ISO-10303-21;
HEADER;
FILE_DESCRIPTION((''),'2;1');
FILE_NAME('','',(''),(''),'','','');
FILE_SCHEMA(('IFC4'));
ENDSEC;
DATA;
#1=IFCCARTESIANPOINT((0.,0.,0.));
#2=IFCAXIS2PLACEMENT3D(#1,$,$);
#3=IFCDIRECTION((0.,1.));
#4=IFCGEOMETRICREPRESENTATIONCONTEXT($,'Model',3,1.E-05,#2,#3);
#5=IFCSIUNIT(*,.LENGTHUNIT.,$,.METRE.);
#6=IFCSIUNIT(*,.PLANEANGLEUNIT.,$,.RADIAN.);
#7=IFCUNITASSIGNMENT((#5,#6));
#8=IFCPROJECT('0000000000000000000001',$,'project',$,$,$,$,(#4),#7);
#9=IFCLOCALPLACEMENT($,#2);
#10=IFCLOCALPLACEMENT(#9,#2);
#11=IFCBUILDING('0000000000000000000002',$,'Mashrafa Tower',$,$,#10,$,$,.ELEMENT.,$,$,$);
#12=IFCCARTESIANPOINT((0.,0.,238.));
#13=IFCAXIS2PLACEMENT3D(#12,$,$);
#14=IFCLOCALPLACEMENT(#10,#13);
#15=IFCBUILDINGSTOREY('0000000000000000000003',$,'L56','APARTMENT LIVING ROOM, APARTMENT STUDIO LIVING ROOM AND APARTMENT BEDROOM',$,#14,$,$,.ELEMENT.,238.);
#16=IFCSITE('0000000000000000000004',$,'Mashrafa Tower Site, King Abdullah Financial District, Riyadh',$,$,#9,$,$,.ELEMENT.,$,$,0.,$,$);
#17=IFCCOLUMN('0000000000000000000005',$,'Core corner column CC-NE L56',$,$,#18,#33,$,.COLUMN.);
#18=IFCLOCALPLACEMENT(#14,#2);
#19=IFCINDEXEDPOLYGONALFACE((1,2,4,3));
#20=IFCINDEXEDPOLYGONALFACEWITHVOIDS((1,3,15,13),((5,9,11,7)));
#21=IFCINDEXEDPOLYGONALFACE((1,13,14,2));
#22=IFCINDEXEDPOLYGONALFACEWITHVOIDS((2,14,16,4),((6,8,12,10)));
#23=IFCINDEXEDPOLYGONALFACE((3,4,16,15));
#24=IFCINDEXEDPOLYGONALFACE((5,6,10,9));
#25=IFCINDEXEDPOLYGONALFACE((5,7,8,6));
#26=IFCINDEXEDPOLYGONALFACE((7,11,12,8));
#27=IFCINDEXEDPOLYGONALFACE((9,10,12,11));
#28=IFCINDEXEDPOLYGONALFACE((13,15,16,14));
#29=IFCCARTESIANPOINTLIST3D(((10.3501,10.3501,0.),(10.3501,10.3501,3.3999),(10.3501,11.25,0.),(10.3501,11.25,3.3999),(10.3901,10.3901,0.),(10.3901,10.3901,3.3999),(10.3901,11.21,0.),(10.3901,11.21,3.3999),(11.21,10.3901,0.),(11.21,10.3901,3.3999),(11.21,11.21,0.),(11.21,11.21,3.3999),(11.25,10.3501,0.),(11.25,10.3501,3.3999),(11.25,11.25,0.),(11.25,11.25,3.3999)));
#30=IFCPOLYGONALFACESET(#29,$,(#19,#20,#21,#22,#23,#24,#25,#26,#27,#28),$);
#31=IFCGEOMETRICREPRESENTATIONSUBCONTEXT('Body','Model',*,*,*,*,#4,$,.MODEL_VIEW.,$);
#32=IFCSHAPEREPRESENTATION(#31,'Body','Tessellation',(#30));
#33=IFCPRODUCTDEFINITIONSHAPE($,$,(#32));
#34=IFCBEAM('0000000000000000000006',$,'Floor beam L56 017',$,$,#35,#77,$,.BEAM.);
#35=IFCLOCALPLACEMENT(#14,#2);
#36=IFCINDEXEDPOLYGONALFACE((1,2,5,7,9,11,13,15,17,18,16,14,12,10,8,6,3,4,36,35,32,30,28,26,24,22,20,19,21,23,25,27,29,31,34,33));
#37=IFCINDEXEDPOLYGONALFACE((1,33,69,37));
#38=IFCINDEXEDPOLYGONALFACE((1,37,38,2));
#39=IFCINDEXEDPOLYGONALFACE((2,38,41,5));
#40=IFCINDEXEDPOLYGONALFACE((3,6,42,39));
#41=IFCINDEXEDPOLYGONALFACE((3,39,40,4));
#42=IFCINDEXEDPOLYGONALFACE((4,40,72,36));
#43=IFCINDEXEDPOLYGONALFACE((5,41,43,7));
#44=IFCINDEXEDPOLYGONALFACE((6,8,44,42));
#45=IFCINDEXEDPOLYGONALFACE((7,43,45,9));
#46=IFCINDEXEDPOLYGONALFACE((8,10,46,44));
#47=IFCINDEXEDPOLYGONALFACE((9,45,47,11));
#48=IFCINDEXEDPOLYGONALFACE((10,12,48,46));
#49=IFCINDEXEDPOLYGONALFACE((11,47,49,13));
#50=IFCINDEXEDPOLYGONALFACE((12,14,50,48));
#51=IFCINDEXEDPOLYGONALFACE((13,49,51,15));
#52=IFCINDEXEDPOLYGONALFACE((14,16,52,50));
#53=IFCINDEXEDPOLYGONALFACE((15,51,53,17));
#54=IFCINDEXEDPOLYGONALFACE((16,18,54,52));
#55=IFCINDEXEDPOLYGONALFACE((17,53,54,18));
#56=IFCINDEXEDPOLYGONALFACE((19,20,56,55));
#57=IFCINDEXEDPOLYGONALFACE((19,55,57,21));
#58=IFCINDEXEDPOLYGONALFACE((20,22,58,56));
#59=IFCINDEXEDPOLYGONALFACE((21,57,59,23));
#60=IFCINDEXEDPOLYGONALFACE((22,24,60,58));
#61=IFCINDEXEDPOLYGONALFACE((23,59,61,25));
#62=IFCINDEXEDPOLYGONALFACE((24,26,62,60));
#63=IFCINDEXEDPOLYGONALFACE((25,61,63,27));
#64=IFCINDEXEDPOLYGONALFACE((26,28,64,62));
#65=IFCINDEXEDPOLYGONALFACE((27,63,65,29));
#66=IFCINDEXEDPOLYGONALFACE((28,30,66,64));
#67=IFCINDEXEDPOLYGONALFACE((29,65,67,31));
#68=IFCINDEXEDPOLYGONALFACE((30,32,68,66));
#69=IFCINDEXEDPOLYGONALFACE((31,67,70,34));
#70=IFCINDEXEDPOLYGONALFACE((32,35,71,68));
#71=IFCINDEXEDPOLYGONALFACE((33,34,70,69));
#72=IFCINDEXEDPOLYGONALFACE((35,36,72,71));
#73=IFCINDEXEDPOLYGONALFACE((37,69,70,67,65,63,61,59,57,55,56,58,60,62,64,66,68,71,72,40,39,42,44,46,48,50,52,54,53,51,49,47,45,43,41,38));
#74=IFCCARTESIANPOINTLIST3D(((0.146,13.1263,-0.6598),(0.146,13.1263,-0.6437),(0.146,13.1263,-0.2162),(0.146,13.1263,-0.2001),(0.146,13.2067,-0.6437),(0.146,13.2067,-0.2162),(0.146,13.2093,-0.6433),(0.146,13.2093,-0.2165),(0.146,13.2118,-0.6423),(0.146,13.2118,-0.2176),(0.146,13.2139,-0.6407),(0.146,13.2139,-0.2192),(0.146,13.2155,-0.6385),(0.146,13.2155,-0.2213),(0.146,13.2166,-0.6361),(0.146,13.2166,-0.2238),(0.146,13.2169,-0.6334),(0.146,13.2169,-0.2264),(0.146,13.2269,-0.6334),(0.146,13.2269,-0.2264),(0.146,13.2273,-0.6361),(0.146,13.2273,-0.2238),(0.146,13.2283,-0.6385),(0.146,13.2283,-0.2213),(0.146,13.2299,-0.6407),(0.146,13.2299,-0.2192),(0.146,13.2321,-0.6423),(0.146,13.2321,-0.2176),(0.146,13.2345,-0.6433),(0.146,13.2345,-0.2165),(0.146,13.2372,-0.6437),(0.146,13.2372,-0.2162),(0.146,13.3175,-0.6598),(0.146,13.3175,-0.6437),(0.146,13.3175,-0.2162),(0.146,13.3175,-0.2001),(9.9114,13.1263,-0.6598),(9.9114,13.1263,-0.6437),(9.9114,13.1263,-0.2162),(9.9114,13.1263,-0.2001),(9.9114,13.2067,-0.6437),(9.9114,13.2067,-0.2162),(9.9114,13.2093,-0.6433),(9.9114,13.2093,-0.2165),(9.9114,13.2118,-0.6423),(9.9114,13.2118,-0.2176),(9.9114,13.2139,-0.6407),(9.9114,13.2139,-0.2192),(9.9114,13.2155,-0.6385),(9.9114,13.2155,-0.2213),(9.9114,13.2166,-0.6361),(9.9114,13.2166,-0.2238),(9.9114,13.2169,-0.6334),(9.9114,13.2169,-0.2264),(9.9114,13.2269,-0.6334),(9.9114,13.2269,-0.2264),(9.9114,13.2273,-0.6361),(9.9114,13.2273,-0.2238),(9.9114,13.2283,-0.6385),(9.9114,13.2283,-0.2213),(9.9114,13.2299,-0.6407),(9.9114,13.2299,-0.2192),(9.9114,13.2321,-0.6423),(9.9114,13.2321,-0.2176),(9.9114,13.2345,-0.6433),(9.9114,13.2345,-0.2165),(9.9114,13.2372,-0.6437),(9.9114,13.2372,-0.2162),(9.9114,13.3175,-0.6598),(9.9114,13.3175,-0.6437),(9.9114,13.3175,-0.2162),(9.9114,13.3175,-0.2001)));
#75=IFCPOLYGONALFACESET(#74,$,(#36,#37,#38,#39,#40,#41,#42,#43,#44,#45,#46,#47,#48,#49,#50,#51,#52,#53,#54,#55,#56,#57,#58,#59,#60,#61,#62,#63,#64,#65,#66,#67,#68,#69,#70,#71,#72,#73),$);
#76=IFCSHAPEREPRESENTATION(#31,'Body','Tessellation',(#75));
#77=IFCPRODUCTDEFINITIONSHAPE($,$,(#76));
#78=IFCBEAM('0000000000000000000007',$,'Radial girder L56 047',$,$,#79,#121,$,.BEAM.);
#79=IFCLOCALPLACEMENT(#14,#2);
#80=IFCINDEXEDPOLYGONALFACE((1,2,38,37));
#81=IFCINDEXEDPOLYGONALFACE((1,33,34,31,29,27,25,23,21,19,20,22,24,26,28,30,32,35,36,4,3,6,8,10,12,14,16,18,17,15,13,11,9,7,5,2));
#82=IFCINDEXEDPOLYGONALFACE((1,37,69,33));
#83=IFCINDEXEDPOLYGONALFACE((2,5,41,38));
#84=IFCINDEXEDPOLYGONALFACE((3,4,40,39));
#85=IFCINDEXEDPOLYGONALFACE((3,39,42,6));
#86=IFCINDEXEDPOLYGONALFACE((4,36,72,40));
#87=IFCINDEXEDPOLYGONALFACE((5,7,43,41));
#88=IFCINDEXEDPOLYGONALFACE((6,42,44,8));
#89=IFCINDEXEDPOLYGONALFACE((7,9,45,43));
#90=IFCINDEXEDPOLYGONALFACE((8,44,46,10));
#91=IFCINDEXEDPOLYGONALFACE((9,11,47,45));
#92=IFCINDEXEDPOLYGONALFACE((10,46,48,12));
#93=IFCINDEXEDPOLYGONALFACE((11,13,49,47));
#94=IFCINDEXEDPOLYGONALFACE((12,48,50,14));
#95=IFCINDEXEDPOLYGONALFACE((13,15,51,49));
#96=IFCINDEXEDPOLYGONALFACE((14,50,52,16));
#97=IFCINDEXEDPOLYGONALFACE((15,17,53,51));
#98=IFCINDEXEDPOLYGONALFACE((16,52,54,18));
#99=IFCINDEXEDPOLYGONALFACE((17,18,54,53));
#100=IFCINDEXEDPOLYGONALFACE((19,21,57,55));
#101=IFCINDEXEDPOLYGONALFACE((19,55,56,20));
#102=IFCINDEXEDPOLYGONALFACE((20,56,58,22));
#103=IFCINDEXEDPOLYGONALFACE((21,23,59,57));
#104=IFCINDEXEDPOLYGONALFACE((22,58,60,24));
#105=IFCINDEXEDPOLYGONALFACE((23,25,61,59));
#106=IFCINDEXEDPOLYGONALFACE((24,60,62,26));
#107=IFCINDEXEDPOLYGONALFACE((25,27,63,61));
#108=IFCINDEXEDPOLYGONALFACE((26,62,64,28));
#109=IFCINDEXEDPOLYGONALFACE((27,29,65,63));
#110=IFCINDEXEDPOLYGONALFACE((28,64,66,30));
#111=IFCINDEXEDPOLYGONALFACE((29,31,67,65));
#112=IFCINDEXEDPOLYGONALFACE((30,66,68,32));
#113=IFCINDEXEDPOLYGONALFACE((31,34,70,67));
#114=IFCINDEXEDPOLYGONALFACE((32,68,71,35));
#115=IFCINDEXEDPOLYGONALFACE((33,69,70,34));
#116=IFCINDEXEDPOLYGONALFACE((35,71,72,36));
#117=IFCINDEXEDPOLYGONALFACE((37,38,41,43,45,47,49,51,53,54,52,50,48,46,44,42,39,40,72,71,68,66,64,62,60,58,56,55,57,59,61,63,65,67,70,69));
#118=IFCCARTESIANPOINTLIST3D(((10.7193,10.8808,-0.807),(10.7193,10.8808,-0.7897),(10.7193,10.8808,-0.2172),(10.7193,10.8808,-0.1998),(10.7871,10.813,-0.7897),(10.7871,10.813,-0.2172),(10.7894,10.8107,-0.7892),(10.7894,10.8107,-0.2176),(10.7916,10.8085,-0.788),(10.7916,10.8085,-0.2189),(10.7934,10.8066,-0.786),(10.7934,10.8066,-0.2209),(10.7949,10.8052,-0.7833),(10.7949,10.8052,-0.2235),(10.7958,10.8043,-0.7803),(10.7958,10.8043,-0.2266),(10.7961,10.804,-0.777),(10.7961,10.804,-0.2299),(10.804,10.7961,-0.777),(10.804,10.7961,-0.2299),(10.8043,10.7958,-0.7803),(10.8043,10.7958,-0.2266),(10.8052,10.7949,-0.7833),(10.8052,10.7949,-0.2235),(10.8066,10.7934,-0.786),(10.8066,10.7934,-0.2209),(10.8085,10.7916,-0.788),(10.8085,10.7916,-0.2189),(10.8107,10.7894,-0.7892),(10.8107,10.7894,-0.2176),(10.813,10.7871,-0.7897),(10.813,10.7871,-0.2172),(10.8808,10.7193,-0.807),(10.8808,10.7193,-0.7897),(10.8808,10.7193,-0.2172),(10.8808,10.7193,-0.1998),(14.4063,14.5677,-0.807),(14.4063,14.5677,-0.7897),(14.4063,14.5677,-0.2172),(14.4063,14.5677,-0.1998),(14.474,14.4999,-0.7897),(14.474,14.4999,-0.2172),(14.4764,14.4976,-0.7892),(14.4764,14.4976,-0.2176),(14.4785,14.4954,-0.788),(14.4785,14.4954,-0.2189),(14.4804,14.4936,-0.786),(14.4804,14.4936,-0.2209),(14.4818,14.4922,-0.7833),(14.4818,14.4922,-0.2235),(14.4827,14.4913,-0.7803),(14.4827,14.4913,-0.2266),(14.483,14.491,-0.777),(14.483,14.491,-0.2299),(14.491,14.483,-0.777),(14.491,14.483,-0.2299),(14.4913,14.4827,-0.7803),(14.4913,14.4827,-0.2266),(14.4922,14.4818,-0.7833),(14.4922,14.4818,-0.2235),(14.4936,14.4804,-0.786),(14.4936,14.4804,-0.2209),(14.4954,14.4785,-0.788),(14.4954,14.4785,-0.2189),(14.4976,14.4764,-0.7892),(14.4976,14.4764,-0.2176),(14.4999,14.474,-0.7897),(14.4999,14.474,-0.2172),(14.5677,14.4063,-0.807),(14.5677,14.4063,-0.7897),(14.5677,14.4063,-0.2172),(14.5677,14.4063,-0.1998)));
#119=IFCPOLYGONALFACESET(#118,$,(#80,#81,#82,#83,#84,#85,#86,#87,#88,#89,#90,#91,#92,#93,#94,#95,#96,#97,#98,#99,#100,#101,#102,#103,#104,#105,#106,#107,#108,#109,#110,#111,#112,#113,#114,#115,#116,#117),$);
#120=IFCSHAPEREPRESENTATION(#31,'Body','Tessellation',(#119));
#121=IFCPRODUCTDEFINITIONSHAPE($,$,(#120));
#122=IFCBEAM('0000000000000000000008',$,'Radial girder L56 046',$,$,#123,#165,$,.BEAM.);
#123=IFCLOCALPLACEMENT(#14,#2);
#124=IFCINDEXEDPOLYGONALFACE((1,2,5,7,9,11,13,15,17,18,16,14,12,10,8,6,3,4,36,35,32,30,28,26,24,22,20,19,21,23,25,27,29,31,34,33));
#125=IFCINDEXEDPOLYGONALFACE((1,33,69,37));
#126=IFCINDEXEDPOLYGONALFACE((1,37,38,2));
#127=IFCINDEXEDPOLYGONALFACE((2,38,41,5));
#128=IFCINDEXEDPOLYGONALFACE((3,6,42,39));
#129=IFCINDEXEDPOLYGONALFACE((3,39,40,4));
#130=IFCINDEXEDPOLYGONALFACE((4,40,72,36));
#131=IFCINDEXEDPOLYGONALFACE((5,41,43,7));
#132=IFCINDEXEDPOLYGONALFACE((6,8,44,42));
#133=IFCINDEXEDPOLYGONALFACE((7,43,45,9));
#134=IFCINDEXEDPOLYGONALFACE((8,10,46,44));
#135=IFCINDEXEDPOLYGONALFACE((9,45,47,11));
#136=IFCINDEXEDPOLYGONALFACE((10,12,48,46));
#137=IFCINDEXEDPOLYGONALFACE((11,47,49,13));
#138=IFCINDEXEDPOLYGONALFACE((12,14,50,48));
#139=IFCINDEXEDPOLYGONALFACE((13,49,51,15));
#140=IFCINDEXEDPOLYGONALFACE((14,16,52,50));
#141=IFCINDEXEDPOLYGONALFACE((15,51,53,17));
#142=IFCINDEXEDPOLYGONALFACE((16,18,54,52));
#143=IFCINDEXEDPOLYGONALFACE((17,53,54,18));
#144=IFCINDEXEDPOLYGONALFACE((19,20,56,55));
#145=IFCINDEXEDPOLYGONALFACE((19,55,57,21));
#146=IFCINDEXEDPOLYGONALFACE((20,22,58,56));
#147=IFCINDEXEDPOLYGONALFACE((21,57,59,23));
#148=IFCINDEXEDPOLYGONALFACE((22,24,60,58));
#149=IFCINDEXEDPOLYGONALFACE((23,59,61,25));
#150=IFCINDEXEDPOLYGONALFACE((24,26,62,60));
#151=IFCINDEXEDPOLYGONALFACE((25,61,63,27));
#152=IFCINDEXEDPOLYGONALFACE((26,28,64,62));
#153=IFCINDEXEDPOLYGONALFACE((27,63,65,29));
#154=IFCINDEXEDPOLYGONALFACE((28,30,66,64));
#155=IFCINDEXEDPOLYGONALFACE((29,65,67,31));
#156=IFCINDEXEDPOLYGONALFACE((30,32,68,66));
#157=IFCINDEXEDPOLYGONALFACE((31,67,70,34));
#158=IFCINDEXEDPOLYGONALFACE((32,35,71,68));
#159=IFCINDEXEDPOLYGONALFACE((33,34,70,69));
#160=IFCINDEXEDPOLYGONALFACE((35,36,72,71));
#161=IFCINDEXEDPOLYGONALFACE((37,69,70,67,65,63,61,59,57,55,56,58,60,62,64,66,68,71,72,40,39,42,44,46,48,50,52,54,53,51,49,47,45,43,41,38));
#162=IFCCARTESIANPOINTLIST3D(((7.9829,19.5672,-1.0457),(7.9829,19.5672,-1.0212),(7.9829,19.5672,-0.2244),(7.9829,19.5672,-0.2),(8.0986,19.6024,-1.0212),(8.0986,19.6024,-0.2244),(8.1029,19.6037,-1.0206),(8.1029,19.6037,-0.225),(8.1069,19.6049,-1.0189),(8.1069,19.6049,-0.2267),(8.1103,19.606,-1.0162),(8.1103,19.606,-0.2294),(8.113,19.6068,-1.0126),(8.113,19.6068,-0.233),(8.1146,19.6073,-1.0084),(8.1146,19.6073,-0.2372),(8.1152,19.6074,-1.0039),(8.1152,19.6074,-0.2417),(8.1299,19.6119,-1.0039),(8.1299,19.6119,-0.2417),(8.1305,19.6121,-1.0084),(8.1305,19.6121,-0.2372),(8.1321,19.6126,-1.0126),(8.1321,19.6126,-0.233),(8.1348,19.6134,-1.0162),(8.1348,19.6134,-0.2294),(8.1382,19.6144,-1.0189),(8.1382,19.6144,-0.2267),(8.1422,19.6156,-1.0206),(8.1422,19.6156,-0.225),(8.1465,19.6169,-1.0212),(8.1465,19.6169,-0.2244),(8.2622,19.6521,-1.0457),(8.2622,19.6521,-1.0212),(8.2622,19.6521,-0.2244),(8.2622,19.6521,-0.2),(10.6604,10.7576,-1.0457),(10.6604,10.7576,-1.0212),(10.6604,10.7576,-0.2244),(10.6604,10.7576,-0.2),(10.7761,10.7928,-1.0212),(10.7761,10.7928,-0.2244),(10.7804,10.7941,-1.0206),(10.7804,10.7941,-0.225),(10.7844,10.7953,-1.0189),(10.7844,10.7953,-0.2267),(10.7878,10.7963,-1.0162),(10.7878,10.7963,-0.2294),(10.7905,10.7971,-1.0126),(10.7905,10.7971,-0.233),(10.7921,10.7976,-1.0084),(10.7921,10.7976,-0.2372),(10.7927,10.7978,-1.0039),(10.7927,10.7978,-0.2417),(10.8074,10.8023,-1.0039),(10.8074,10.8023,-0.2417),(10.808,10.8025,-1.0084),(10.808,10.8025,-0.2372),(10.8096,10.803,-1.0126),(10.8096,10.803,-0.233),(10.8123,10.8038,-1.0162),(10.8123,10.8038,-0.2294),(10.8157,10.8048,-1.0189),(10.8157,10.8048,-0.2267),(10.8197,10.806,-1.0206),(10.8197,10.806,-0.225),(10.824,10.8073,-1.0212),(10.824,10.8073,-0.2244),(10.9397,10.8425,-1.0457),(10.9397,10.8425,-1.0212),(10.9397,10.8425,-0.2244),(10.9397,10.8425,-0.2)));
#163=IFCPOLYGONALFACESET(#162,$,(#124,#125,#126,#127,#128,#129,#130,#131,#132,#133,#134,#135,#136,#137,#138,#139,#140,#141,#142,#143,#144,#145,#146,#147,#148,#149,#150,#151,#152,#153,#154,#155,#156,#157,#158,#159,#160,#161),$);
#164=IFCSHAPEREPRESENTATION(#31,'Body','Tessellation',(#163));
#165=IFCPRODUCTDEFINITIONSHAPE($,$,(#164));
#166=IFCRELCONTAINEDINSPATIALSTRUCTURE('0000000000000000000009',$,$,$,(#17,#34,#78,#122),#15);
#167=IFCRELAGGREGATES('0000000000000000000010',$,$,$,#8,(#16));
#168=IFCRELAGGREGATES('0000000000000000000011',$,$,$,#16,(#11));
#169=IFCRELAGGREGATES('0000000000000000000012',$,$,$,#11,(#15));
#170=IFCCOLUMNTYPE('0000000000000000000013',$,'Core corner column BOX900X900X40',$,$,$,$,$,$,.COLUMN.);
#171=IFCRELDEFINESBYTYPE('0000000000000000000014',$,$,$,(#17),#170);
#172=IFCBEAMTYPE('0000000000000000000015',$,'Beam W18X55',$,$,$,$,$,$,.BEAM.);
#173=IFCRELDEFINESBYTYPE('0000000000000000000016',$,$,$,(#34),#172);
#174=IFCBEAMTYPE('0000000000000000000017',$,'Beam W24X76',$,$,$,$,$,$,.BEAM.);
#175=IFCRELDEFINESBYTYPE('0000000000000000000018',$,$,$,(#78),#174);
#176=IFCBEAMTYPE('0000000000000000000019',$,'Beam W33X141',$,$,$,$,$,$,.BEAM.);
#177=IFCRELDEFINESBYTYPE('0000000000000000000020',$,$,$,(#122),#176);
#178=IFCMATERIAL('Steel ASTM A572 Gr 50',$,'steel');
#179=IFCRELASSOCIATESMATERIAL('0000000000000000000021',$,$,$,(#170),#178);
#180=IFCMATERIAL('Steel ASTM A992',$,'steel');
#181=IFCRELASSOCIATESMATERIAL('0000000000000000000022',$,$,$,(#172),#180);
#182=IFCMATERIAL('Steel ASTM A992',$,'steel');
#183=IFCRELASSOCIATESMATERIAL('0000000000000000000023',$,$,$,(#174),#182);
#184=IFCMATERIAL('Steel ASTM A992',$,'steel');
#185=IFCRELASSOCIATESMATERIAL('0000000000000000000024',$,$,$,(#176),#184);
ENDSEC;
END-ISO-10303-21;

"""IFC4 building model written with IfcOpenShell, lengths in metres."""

from ifc_helpers import new_model, si_unit, direction, frame, origin, origin_2d, place, context, subcontext, project, spatial, hollow_rectangle, i_section, extrude, material, material_profile, profile_set, type_object, element, save


model = new_model("IFC4")

# Units and contexts
model_context = context("Model", 3, precision=1e-05, world=origin(), true_north=direction((0.0, 1.0)))
body_context = subcontext(model_context, "Body", "Model", "MODEL_VIEW")
ifc_project = project(units=[si_unit("LENGTHUNIT", "METRE"), si_unit("PLANEANGLEUNIT", "RADIAN")], contexts=[model_context])

# Site, building, storey
site_placement = place(None, origin())
site = spatial("IfcSite", under=ifc_project, at=site_placement, Name="Mashrafa Tower Site, King Abdullah Financial District, Riyadh", CompositionType="ELEMENT", RefElevation=0.0)
building_placement = place(site_placement, origin())
building = spatial("IfcBuilding", under=site, at=building_placement, Name="Mashrafa Tower", CompositionType="ELEMENT")
storey_placement = place(building_placement, frame((0.0, 0.0, 238.0)))
storey = spatial("IfcBuildingStorey", under=building, at=storey_placement, Name="L56", Description="APARTMENT LIVING ROOM, APARTMENT STUDIO LIVING ROOM AND APARTMENT BEDROOM", CompositionType="ELEMENT", Elevation=238.0)

# Column
ifc_material_1 = material(Name="Steel ASTM A572 Gr 50", Category="steel")
ifc_material_profile_1 = material_profile(ifc_material_1, hollow_rectangle(XDim=0.8999, YDim=0.8999, WallThickness=0.04, at=origin_2d()), Name="BOX900X900X40")
ifc_profile_set_1 = profile_set([ifc_material_profile_1], Name="Steel ASTM A572 Gr 50")
column_type = type_object("IfcColumnType", Name="Core corner column BOX900X900X40", PredefinedType="COLUMN", material=ifc_profile_set_1)
column_placement = place(storey_placement, frame((10.8, 10.8, 0.0), z_axis=(0.0, 0.0, 1.0), x_axis=(1.0, 0.0, 0.0)))
element("IfcColumn", 1, at=column_placement, inside=storey, type_object=column_type, Name="Core corner column CC-NE L56", PredefinedType="COLUMN", context=body_context, shape_type="SweptSolid", body=[
    extrude(hollow_rectangle(XDim=0.8999, YDim=0.8999, WallThickness=0.04, at=origin_2d()), origin(), (0.0, 0.0, 1.0), 3.3999),
])

# Beams
ifc_material_2 = material(Name="Steel ASTM A992", Category="steel")
ifc_material_profile_2 = material_profile(ifc_material_2, i_section(OverallWidth=0.1912, OverallDepth=0.4597, WebThickness=0.01, FlangeThickness=0.0161, FilletRadius=0.0103, at=origin_2d()), Name="W18X55")
ifc_profile_set_2 = profile_set([ifc_material_profile_2], Name="Steel ASTM A992")
beam_type_1 = type_object("IfcBeamType", Name="Beam W18X55", PredefinedType="BEAM", material=ifc_profile_set_2)
beam_1_placement = place(storey_placement, frame((0.146, 13.2219, -0.4299), z_axis=(1.0, 0.0, 0.0), x_axis=(0.0, 1.0, 0.0)))
element("IfcBeam", 2, at=beam_1_placement, inside=storey, type_object=beam_type_1, Name="Floor beam L56 017", PredefinedType="BEAM", context=body_context, shape_type="SweptSolid", body=[
    extrude(i_section(OverallWidth=0.1912, OverallDepth=0.4597, WebThickness=0.01, FlangeThickness=0.0161, FilletRadius=0.0103, at=origin_2d()), origin(), (0.0, 0.0, 1.0), 9.7654),
])
ifc_material_3 = material(Name="Steel ASTM A992", Category="steel")
ifc_material_profile_3 = material_profile(ifc_material_3, i_section(OverallWidth=0.2283, OverallDepth=0.6072, WebThickness=0.0112, FlangeThickness=0.0173, FilletRadius=0.0127, at=origin_2d()), Name="W24X76")
ifc_profile_set_3 = profile_set([ifc_material_profile_3], Name="Steel ASTM A992")
beam_type_2 = type_object("IfcBeamType", Name="Beam W24X76", PredefinedType="BEAM", material=ifc_profile_set_3)
beam_2_placement = place(storey_placement, frame((10.8, 10.8, -0.5034), z_axis=(0.707107, 0.707107, 0.0), x_axis=(-0.707107, 0.707107, 0.0)))
element("IfcBeam", 3, at=beam_2_placement, inside=storey, type_object=beam_type_2, Name="Radial girder L56 047", PredefinedType="BEAM", context=body_context, shape_type="SweptSolid", body=[
    extrude(i_section(OverallWidth=0.2283, OverallDepth=0.6072, WebThickness=0.0112, FlangeThickness=0.0173, FilletRadius=0.0127, at=origin_2d()), origin(), (0.0, 0.0, 1.0), 5.2141),
])
ifc_material_4 = material(Name="Steel ASTM A992", Category="steel")
ifc_material_profile_4 = material_profile(ifc_material_4, i_section(OverallWidth=0.292, OverallDepth=0.8457, WebThickness=0.0154, FlangeThickness=0.0244, FilletRadius=0.0173, at=origin_2d()), Name="W33X141")
ifc_profile_set_4 = profile_set([ifc_material_profile_4], Name="Steel ASTM A992")
beam_type_3 = type_object("IfcBeamType", Name="Beam W33X141", PredefinedType="BEAM", material=ifc_profile_set_4)
for number, where, z_axis, x_axis, name in (
    (4, (10.8, 10.8, -0.6228), (-0.290795, 0.956785, 0.0), (-0.956785, -0.290795, 0.0), "Radial girder L56 046"),
):
    element("IfcBeam", number, at=place(storey_placement, frame(where, z_axis=z_axis, x_axis=x_axis)), inside=storey, type_object=beam_type_3, Name=name, PredefinedType="BEAM", context=body_context, shape_type="SweptSolid", body=[
        extrude(i_section(OverallWidth=0.292, OverallDepth=0.8457, WebThickness=0.0154, FlangeThickness=0.0244, FilletRadius=0.0173, at=origin_2d()), origin(), (0.0, 0.0, 1.0), 9.2075),
    ])

save(model, "model.ifc")
